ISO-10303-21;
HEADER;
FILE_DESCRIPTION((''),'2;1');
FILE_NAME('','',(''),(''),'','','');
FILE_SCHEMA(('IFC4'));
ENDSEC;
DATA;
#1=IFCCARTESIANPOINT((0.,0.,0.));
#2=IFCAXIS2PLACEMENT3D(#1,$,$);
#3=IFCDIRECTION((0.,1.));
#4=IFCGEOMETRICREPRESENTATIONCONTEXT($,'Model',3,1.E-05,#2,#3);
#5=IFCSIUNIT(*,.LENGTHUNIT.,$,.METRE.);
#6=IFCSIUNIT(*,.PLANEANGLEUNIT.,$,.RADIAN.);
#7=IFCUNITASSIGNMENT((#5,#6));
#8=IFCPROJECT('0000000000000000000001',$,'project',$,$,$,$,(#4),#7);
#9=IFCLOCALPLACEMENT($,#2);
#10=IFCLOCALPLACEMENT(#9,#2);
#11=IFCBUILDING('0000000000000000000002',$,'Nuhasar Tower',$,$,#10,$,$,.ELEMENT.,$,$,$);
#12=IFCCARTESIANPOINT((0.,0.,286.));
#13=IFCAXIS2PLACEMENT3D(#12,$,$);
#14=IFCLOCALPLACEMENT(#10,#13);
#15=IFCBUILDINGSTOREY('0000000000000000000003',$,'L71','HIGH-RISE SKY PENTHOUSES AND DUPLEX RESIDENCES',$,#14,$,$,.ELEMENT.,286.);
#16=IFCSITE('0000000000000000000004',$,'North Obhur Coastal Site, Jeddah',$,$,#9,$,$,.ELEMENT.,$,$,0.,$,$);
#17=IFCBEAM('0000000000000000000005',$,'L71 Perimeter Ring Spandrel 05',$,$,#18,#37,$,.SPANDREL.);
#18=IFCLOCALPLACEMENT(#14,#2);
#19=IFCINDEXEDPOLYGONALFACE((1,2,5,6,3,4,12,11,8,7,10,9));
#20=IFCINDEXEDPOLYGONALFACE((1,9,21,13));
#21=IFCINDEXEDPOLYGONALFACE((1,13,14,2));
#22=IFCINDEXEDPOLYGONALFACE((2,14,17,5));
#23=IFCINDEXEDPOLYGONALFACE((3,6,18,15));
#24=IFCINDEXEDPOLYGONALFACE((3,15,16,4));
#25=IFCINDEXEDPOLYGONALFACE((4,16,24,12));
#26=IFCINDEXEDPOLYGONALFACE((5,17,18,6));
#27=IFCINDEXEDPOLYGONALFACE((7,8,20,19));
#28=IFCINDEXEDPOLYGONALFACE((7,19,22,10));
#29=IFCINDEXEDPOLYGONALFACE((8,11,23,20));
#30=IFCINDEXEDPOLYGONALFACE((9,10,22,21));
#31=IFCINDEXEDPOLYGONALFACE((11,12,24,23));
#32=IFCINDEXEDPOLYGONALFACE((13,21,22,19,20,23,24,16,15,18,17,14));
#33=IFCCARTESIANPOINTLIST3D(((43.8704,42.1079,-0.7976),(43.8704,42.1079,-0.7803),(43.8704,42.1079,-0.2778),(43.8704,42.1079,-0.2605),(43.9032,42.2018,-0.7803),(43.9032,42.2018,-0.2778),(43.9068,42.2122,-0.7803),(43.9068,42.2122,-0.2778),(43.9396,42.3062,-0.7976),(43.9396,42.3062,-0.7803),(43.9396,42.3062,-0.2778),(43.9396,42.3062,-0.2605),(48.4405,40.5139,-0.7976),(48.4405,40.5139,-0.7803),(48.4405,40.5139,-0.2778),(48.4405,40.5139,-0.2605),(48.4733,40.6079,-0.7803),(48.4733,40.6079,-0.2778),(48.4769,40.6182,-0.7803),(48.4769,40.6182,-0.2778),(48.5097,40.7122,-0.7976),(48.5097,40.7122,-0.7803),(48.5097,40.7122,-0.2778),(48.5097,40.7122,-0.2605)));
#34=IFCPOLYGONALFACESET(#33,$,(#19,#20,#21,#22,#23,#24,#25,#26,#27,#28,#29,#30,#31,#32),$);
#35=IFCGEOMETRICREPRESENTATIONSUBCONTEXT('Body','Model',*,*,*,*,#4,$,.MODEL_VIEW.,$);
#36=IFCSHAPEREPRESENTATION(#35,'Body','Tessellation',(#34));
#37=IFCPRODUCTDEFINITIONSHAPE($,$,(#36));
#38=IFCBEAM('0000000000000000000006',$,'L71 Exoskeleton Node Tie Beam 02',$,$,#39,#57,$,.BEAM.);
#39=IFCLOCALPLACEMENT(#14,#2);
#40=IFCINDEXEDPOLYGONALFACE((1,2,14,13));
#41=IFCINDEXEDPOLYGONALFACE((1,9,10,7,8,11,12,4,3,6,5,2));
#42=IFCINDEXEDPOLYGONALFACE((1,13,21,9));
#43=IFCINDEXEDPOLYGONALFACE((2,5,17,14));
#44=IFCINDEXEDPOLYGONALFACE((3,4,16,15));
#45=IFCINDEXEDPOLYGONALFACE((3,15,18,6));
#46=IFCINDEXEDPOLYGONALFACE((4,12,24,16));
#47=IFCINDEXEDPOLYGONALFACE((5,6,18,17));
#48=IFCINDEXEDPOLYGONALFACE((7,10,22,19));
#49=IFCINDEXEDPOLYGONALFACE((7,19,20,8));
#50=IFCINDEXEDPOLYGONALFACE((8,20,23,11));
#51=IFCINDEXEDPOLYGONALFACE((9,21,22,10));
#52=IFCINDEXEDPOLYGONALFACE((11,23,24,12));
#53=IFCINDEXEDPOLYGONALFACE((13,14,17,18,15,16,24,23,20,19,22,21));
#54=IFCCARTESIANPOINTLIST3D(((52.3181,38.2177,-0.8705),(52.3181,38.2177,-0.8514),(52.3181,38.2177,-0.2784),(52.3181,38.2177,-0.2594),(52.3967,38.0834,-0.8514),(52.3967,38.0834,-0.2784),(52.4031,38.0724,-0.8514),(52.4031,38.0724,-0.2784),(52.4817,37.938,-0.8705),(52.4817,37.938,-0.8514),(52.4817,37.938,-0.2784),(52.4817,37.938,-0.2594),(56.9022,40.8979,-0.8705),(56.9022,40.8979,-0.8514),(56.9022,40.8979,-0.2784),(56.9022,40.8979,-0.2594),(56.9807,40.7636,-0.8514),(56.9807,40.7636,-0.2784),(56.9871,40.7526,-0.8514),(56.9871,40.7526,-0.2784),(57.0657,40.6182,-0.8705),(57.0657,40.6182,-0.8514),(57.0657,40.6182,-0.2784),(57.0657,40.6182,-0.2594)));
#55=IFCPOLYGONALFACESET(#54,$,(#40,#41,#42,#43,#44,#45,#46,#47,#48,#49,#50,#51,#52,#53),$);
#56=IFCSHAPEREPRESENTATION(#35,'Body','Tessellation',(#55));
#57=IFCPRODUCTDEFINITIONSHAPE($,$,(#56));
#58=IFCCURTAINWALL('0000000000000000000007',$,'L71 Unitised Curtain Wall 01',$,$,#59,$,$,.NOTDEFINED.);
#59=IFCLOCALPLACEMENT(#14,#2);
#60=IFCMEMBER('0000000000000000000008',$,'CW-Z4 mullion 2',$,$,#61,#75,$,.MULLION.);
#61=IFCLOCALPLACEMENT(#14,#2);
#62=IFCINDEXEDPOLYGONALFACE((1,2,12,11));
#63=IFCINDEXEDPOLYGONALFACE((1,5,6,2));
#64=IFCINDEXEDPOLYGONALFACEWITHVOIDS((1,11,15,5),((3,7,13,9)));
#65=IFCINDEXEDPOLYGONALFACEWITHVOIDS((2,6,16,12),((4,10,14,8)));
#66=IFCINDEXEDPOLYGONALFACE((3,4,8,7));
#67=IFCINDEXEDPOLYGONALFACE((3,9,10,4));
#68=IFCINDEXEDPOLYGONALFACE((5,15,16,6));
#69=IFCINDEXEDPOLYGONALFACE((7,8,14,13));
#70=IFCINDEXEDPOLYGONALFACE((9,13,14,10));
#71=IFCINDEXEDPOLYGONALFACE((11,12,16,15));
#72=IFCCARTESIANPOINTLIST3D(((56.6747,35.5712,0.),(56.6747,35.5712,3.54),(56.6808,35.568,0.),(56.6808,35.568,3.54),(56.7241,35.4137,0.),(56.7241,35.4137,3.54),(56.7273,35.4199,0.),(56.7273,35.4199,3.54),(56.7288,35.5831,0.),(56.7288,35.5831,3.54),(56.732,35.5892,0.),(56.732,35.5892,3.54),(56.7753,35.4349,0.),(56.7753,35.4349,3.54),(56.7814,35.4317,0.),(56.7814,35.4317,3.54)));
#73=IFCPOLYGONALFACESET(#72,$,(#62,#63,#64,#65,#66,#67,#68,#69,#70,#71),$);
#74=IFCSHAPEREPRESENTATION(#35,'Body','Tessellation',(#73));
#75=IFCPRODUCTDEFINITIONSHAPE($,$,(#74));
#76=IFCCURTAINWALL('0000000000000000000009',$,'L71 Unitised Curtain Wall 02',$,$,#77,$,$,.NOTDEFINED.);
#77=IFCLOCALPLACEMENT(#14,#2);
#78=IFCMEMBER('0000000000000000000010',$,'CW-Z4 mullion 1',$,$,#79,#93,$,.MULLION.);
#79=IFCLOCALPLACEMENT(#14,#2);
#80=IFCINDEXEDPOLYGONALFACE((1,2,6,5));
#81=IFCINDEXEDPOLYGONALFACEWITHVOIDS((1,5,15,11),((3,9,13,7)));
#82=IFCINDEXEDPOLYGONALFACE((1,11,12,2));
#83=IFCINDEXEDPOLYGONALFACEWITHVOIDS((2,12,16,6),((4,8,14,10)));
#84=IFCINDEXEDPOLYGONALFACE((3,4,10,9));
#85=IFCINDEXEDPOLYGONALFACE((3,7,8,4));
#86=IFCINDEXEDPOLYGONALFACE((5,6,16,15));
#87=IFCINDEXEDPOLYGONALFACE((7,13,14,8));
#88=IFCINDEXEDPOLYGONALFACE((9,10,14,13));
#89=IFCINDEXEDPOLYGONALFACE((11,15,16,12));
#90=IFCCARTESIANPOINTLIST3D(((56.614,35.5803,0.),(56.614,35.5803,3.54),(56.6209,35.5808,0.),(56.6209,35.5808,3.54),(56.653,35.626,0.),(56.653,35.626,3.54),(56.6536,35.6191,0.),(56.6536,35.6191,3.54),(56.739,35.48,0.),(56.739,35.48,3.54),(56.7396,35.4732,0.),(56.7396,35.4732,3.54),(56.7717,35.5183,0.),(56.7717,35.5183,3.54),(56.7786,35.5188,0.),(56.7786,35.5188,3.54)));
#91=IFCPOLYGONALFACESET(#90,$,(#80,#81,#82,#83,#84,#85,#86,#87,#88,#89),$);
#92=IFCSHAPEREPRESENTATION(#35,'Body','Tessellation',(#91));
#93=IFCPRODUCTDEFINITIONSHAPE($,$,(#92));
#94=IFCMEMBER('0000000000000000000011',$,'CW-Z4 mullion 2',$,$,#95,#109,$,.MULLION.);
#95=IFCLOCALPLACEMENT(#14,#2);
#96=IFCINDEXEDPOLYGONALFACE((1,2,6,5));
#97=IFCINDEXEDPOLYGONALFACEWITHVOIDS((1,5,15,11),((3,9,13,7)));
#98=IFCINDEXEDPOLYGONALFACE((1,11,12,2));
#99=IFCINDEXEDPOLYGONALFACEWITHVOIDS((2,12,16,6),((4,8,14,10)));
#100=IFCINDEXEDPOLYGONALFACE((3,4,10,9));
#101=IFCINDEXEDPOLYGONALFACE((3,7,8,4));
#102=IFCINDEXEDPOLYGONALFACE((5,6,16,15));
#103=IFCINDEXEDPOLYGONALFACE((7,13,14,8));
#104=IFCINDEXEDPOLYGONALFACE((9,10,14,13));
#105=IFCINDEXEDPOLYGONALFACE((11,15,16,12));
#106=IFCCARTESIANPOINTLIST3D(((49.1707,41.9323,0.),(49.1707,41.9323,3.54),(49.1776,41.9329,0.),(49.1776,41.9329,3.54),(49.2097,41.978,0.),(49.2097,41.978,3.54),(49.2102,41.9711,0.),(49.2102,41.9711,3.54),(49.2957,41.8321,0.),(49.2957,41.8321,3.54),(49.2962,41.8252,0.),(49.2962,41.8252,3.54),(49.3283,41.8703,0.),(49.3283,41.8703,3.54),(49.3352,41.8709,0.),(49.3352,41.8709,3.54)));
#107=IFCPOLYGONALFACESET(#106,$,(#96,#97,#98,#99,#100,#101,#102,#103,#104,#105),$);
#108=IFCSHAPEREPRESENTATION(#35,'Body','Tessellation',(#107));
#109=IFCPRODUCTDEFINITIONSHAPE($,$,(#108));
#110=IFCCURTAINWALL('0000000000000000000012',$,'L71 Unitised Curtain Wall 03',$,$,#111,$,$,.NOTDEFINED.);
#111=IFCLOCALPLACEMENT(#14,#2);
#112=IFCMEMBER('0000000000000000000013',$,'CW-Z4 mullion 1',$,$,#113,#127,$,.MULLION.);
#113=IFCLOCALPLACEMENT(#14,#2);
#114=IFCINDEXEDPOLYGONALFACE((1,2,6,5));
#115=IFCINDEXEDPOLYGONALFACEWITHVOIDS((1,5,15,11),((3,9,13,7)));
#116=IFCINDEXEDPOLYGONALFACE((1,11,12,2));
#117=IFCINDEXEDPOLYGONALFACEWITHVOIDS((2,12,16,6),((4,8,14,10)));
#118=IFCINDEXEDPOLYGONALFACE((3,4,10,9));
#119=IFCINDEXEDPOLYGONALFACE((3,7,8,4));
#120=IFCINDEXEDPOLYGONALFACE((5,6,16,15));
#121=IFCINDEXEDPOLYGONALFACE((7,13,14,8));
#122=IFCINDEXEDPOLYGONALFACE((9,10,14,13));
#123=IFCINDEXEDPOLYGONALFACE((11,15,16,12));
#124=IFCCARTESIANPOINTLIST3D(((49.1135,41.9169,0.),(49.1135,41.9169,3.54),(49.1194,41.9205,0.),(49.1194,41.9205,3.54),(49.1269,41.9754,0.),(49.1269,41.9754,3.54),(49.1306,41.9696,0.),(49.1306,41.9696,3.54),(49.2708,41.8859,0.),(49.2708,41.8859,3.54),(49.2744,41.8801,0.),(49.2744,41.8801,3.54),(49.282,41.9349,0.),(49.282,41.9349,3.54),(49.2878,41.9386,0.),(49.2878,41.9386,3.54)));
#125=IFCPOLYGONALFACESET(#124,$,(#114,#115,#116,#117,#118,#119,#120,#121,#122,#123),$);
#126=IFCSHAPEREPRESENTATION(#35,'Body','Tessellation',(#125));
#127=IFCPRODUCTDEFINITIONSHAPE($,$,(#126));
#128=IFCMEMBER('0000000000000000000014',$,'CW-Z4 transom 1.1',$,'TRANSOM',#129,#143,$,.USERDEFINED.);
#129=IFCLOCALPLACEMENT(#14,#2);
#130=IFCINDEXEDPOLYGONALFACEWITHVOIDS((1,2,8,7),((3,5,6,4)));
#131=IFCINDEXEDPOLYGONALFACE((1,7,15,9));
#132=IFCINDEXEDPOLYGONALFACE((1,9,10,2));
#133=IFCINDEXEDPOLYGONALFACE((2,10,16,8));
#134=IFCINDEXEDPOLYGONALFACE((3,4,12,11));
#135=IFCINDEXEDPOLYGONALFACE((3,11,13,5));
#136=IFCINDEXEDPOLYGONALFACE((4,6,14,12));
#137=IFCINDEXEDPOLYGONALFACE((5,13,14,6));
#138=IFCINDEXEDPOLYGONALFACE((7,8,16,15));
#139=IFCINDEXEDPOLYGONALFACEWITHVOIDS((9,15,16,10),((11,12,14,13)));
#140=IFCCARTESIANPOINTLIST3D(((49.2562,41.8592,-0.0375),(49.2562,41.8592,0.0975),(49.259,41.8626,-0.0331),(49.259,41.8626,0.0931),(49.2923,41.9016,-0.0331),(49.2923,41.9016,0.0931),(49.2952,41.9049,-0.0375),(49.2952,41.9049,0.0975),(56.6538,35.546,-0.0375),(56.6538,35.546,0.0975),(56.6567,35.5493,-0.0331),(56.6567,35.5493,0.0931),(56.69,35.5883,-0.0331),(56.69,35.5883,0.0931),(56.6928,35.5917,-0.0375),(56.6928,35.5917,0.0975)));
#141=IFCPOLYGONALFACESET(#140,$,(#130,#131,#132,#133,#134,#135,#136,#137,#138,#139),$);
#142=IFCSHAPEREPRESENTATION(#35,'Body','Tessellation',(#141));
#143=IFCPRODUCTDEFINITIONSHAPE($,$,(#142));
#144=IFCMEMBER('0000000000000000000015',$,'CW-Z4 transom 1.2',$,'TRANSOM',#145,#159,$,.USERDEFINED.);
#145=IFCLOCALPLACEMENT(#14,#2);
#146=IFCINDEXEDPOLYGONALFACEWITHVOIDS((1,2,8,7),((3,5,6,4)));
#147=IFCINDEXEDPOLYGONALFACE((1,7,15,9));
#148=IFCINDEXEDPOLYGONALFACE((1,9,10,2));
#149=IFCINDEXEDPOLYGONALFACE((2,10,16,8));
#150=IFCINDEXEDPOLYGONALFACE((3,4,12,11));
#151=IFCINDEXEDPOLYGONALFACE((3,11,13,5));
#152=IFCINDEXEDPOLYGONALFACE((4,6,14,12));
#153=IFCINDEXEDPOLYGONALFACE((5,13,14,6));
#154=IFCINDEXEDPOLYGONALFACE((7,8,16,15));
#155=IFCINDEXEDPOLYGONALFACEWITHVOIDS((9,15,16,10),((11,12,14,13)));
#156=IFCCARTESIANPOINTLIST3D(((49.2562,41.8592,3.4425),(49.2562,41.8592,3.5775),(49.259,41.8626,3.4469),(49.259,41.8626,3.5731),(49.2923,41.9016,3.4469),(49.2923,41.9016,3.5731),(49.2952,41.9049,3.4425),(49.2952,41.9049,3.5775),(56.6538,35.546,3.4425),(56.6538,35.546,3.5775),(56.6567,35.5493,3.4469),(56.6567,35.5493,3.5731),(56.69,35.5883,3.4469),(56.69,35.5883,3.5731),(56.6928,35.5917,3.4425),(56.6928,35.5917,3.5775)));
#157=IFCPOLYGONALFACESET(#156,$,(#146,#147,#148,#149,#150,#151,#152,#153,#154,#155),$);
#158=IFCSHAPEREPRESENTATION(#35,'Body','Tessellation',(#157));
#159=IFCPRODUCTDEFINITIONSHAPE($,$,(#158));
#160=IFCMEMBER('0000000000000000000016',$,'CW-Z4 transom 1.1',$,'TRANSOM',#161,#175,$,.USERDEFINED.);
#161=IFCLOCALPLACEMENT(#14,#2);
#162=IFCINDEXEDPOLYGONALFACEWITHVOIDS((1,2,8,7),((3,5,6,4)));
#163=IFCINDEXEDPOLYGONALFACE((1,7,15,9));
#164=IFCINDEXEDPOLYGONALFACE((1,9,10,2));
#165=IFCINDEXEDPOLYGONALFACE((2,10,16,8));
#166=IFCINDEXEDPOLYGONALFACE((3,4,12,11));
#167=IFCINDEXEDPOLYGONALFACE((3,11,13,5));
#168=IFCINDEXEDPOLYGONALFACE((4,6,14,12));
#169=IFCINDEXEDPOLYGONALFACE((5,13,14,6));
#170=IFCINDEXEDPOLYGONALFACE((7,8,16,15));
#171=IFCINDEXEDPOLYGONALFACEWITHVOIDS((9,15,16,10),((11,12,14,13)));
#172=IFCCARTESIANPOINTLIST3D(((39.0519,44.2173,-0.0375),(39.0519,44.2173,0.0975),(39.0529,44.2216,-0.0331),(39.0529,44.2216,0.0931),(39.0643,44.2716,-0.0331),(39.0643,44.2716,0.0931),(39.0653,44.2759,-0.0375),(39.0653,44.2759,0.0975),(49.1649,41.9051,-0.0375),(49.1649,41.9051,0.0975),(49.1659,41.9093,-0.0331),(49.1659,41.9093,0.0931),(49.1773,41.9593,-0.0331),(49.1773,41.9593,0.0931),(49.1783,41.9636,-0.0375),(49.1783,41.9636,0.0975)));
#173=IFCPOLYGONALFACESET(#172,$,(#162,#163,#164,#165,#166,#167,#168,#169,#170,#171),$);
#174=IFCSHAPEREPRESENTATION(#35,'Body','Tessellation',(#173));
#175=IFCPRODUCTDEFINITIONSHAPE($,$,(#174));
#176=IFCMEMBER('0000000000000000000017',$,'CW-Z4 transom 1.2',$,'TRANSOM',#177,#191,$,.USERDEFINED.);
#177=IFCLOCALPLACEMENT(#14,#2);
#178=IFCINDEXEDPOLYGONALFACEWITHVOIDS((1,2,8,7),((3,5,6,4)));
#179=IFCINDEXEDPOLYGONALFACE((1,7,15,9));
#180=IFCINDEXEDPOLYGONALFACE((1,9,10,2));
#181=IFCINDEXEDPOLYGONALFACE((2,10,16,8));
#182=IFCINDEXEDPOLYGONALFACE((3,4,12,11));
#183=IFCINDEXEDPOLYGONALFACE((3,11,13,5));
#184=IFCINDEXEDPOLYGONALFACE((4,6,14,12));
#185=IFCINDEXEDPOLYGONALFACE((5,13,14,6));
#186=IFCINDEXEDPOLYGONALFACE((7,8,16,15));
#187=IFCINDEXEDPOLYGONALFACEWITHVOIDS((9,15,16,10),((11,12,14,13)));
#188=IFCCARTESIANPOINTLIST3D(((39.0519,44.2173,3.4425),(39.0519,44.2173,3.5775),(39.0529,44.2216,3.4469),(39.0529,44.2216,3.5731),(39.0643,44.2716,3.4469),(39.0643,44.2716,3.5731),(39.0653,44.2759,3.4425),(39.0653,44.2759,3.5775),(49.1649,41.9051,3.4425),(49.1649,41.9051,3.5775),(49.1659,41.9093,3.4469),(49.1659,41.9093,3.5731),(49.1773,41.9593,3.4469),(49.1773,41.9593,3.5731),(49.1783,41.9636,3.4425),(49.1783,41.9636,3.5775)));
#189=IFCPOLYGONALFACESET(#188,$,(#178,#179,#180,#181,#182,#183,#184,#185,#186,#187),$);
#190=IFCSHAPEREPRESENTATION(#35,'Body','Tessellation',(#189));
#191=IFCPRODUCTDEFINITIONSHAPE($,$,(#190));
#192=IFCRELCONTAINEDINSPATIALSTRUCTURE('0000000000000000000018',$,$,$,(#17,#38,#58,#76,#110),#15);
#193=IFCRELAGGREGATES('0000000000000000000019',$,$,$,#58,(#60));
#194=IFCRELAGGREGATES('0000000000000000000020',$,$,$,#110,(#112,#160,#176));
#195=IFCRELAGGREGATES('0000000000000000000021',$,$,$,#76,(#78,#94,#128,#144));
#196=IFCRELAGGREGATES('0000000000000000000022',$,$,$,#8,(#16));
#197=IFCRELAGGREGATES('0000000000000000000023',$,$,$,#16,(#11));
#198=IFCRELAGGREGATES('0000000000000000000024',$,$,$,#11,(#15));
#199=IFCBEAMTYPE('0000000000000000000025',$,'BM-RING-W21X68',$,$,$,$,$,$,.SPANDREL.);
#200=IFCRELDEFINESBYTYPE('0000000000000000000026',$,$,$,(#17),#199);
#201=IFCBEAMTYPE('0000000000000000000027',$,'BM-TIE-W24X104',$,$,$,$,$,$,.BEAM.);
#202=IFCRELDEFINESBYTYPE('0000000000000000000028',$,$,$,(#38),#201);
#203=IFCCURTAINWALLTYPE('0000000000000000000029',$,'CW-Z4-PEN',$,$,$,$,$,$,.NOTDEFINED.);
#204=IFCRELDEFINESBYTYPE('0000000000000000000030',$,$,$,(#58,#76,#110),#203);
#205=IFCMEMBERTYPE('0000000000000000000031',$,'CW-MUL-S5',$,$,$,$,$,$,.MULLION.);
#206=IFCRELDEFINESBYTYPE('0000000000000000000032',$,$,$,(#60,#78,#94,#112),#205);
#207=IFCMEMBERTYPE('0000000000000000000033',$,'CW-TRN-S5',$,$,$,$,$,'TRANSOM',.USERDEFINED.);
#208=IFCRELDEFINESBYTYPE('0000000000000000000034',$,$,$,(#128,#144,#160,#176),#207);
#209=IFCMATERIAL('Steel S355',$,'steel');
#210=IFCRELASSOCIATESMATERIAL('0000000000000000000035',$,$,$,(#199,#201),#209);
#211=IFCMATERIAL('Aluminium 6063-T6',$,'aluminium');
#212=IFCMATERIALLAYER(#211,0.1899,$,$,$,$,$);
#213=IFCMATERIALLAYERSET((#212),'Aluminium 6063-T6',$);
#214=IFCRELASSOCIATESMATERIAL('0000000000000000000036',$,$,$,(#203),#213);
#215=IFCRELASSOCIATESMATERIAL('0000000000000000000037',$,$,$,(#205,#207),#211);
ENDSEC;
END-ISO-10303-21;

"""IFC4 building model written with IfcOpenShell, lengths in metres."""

from ifc_helpers import new_model, si_unit, direction, frame, origin, origin_2d, place, context, subcontext, project, spatial, hollow_rectangle, i_section, extrude, material, layer, layer_set, material_profile, profile_set, type_object, element, aggregate, save


model = new_model("IFC4")

# Units and contexts
model_context = context("Model", 3, precision=1e-05, world=origin(), true_north=direction((0.0, 1.0)))
body_context = subcontext(model_context, "Body", "Model", "MODEL_VIEW")
ifc_project = project(units=[si_unit("LENGTHUNIT", "METRE"), si_unit("PLANEANGLEUNIT", "RADIAN")], contexts=[model_context])

# Site, building, storey
site_placement = place(None, origin())
site = spatial("IfcSite", under=ifc_project, at=site_placement, Name="North Obhur Coastal Site, Jeddah", CompositionType="ELEMENT", RefElevation=0.0)
building_placement = place(site_placement, origin())
building = spatial("IfcBuilding", under=site, at=building_placement, Name="Nuhasar Tower", CompositionType="ELEMENT")
storey_placement = place(building_placement, frame((0.0, 0.0, 286.0)))
storey = spatial("IfcBuildingStorey", under=building, at=storey_placement, Name="L71", Description="HIGH-RISE SKY PENTHOUSES AND DUPLEX RESIDENCES", CompositionType="ELEMENT", Elevation=286.0)

# Beams
ifc_material_1 = material(Name="Steel S355", Category="steel")
ifc_material_profile_1 = material_profile(ifc_material_1, i_section(OverallWidth=0.21, OverallDepth=0.5371, WebThickness=0.011, FlangeThickness=0.0173, at=origin_2d()), Name="W21X68")
ifc_profile_set_1 = profile_set([ifc_material_profile_1], Name="Steel S355")
beam_type_1 = type_object("IfcBeamType", Name="BM-RING-W21X68", PredefinedType="SPANDREL", material=ifc_profile_set_1)
beam_1_placement = place(storey_placement, frame((48.4751, 40.613, -0.5291), z_axis=(-0.944214, 0.329332, 0.0), x_axis=(-0.329332, -0.944214, 0.0)))
element("IfcBeam", 1, at=beam_1_placement, inside=storey, type_object=beam_type_1, Name="L71 Perimeter Ring Spandrel 05", PredefinedType="SPANDREL", context=body_context, shape_type="SweptSolid", body=[
    extrude(i_section(OverallWidth=0.21, OverallDepth=0.5371, WebThickness=0.011, FlangeThickness=0.0173, at=origin_2d()), origin(), (0.0, 0.0, 1.0), 4.8401),
])
ifc_material_profile_2 = material_profile(ifc_material_1, i_section(OverallWidth=0.324, OverallDepth=0.6111, WebThickness=0.0127, FlangeThickness=0.019, at=origin_2d()), Name="W24X104")
ifc_profile_set_2 = profile_set([ifc_material_profile_2], Name="Steel S355")
beam_type_2 = type_object("IfcBeamType", Name="BM-TIE-W24X104", PredefinedType="BEAM", material=ifc_profile_set_2)
beam_2_placement = place(storey_placement, frame((52.3999, 38.0779, -0.5649), z_axis=(0.863272, 0.50474, 0.0), x_axis=(-0.50474, 0.863272, 0.0)))
element("IfcBeam", 2, at=beam_2_placement, inside=storey, type_object=beam_type_2, Name="L71 Exoskeleton Node Tie Beam 02", PredefinedType="BEAM", context=body_context, shape_type="SweptSolid", body=[
    extrude(i_section(OverallWidth=0.324, OverallDepth=0.6111, WebThickness=0.0127, FlangeThickness=0.019, at=origin_2d()), origin(), (0.0, 0.0, 1.0), 5.3101),
])

# Curtain wall, member
ifc_material_2 = material(Name="Aluminium 6063-T6", Category="aluminium")
ifc_layer_1 = layer(ifc_material_2, 0.1899)
ifc_layer_set_1 = layer_set([ifc_layer_1], Name="Aluminium 6063-T6")
curtain_wall_type = type_object("IfcCurtainWallType", Name="CW-Z4-PEN", PredefinedType="NOTDEFINED", material=ifc_layer_set_1)
curtain_wall_1_placement = place(storey_placement, origin())
curtain_wall_1 = element("IfcCurtainWall", 3, at=curtain_wall_1_placement, inside=storey, type_object=curtain_wall_type, Name="L71 Unitised Curtain Wall 01", PredefinedType="NOTDEFINED")
ifc_material_profile_3 = material_profile(ifc_material_2, hollow_rectangle(XDim=0.0601, YDim=0.165, WallThickness=0.0049, at=origin_2d()), Name="CWM-5")
ifc_profile_set_3 = profile_set([ifc_material_profile_3], Name="Aluminium 6063-T6")
member_type_1 = type_object("IfcMemberType", Name="CW-MUL-S5", PredefinedType="MULLION", material=ifc_profile_set_3)
member_1_placement = place(storey_placement, frame((56.728, 35.5015, 0.0), z_axis=(0.0, 0.0, 1.0), x_axis=(-0.954079, -0.299557, 0.0)))
member_1 = element("IfcMember", 4, at=member_1_placement, type_object=member_type_1, Name="CW-Z4 mullion 2", PredefinedType="MULLION", context=body_context, shape_type="SweptSolid", body=[
    extrude(hollow_rectangle(XDim=0.0601, YDim=0.165, WallThickness=0.0049, at=origin_2d()), origin(), (0.0, 0.0, 1.0), 3.54),
])
aggregate(curtain_wall_1, [member_1])

# Curtain wall, members
curtain_wall_2_placement = place(storey_placement, origin())
curtain_wall_2 = element("IfcCurtainWall", 5, at=curtain_wall_2_placement, inside=storey, type_object=curtain_wall_type, Name="L71 Unitised Curtain Wall 02", PredefinedType="NOTDEFINED")
member_2_placement = place(storey_placement, frame((56.6963, 35.5496, 0.0), z_axis=(0.0, 0.0, 1.0), x_axis=(-0.649142, -0.760667, 0.0)))
member_2 = element("IfcMember", 6, at=member_2_placement, type_object=member_type_1, Name="CW-Z4 mullion 1", PredefinedType="MULLION", context=body_context, shape_type="SweptSolid", body=[
    extrude(hollow_rectangle(XDim=0.0601, YDim=0.165, WallThickness=0.0049, at=origin_2d()), origin(), (0.0, 0.0, 1.0), 3.54),
])
member_3_placement = place(storey_placement, frame((49.2529, 41.9016, 0.0), z_axis=(0.0, 0.0, 1.0), x_axis=(-0.649142, -0.760667, 0.0)))
member_3 = element("IfcMember", 7, at=member_3_placement, type_object=member_type_1, Name="CW-Z4 mullion 2", PredefinedType="MULLION", context=body_context, shape_type="SweptSolid", body=[
    extrude(hollow_rectangle(XDim=0.0601, YDim=0.165, WallThickness=0.0049, at=origin_2d()), origin(), (0.0, 0.0, 1.0), 3.54),
])

# Curtain wall, member
curtain_wall_3_placement = place(storey_placement, origin())
curtain_wall_3 = element("IfcCurtainWall", 8, at=curtain_wall_3_placement, inside=storey, type_object=curtain_wall_type, Name="L71 Unitised Curtain Wall 03", PredefinedType="NOTDEFINED")
member_4_placement = place(storey_placement, frame((49.2007, 41.9277, 0.0), z_axis=(0.0, 0.0, 1.0), x_axis=(-0.222889, -0.974844, 0.0)))
member_4 = element("IfcMember", 9, at=member_4_placement, type_object=member_type_1, Name="CW-Z4 mullion 1", PredefinedType="MULLION", context=body_context, shape_type="SweptSolid", body=[
    extrude(hollow_rectangle(XDim=0.0601, YDim=0.165, WallThickness=0.0049, at=origin_2d()), origin(), (0.0, 0.0, 1.0), 3.54),
])

# Members
ifc_material_profile_4 = material_profile(ifc_material_2, hollow_rectangle(XDim=0.0601, YDim=0.135, WallThickness=0.0044, at=origin_2d()), Name="CWT-5")
ifc_profile_set_4 = profile_set([ifc_material_profile_4], Name="Aluminium 6063-T6")
member_type_2 = type_object("IfcMemberType", Name="CW-TRN-S5", ElementType="TRANSOM", PredefinedType="USERDEFINED", material=ifc_profile_set_4)
member_5_placement = place(storey_placement, frame((56.6733, 35.5688, 0.03), z_axis=(-0.76066, 0.64915, 0.0), x_axis=(-0.64915, -0.76066, 0.0)))
member_5 = element("IfcMember", 10, at=member_5_placement, type_object=member_type_2, Name="CW-Z4 transom 1.1", ObjectType="TRANSOM", PredefinedType="USERDEFINED", context=body_context, shape_type="SweptSolid", body=[
    extrude(hollow_rectangle(XDim=0.0601, YDim=0.135, WallThickness=0.0044, at=origin_2d()), origin(), (0.0, 0.0, 1.0), 9.7253),
])
member_6_placement = place(storey_placement, frame((56.6733, 35.5688, 3.51), z_axis=(-0.76066, 0.64915, 0.0), x_axis=(-0.64915, -0.76066, 0.0)))
member_6 = element("IfcMember", 11, at=member_6_placement, type_object=member_type_2, Name="CW-Z4 transom 1.2", ObjectType="TRANSOM", PredefinedType="USERDEFINED", context=body_context, shape_type="SweptSolid", body=[
    extrude(hollow_rectangle(XDim=0.0601, YDim=0.135, WallThickness=0.0044, at=origin_2d()), origin(), (0.0, 0.0, 1.0), 9.7253),
])
member_7_placement = place(storey_placement, frame((49.1716, 41.9343, 0.03), z_axis=(-0.974844, 0.222889, 0.0), x_axis=(-0.222889, -0.974844, 0.0)))
member_7 = element("IfcMember", 12, at=member_7_placement, type_object=member_type_2, Name="CW-Z4 transom 1.1", ObjectType="TRANSOM", PredefinedType="USERDEFINED", context=body_context, shape_type="SweptSolid", body=[
    extrude(hollow_rectangle(XDim=0.0601, YDim=0.135, WallThickness=0.0044, at=origin_2d()), origin(), (0.0, 0.0, 1.0), 10.374),
])
member_8_placement = place(storey_placement, frame((49.1716, 41.9343, 3.51), z_axis=(-0.974844, 0.222889, 0.0), x_axis=(-0.222889, -0.974844, 0.0)))
member_8 = element("IfcMember", 13, at=member_8_placement, type_object=member_type_2, Name="CW-Z4 transom 1.2", ObjectType="TRANSOM", PredefinedType="USERDEFINED", context=body_context, shape_type="SweptSolid", body=[
    extrude(hollow_rectangle(XDim=0.0601, YDim=0.135, WallThickness=0.0044, at=origin_2d()), origin(), (0.0, 0.0, 1.0), 10.374),
])
aggregate(curtain_wall_3, [member_4, member_7, member_8])

aggregate(curtain_wall_2, [member_2, member_3, member_5, member_6])

save(model, "model.ifc")
